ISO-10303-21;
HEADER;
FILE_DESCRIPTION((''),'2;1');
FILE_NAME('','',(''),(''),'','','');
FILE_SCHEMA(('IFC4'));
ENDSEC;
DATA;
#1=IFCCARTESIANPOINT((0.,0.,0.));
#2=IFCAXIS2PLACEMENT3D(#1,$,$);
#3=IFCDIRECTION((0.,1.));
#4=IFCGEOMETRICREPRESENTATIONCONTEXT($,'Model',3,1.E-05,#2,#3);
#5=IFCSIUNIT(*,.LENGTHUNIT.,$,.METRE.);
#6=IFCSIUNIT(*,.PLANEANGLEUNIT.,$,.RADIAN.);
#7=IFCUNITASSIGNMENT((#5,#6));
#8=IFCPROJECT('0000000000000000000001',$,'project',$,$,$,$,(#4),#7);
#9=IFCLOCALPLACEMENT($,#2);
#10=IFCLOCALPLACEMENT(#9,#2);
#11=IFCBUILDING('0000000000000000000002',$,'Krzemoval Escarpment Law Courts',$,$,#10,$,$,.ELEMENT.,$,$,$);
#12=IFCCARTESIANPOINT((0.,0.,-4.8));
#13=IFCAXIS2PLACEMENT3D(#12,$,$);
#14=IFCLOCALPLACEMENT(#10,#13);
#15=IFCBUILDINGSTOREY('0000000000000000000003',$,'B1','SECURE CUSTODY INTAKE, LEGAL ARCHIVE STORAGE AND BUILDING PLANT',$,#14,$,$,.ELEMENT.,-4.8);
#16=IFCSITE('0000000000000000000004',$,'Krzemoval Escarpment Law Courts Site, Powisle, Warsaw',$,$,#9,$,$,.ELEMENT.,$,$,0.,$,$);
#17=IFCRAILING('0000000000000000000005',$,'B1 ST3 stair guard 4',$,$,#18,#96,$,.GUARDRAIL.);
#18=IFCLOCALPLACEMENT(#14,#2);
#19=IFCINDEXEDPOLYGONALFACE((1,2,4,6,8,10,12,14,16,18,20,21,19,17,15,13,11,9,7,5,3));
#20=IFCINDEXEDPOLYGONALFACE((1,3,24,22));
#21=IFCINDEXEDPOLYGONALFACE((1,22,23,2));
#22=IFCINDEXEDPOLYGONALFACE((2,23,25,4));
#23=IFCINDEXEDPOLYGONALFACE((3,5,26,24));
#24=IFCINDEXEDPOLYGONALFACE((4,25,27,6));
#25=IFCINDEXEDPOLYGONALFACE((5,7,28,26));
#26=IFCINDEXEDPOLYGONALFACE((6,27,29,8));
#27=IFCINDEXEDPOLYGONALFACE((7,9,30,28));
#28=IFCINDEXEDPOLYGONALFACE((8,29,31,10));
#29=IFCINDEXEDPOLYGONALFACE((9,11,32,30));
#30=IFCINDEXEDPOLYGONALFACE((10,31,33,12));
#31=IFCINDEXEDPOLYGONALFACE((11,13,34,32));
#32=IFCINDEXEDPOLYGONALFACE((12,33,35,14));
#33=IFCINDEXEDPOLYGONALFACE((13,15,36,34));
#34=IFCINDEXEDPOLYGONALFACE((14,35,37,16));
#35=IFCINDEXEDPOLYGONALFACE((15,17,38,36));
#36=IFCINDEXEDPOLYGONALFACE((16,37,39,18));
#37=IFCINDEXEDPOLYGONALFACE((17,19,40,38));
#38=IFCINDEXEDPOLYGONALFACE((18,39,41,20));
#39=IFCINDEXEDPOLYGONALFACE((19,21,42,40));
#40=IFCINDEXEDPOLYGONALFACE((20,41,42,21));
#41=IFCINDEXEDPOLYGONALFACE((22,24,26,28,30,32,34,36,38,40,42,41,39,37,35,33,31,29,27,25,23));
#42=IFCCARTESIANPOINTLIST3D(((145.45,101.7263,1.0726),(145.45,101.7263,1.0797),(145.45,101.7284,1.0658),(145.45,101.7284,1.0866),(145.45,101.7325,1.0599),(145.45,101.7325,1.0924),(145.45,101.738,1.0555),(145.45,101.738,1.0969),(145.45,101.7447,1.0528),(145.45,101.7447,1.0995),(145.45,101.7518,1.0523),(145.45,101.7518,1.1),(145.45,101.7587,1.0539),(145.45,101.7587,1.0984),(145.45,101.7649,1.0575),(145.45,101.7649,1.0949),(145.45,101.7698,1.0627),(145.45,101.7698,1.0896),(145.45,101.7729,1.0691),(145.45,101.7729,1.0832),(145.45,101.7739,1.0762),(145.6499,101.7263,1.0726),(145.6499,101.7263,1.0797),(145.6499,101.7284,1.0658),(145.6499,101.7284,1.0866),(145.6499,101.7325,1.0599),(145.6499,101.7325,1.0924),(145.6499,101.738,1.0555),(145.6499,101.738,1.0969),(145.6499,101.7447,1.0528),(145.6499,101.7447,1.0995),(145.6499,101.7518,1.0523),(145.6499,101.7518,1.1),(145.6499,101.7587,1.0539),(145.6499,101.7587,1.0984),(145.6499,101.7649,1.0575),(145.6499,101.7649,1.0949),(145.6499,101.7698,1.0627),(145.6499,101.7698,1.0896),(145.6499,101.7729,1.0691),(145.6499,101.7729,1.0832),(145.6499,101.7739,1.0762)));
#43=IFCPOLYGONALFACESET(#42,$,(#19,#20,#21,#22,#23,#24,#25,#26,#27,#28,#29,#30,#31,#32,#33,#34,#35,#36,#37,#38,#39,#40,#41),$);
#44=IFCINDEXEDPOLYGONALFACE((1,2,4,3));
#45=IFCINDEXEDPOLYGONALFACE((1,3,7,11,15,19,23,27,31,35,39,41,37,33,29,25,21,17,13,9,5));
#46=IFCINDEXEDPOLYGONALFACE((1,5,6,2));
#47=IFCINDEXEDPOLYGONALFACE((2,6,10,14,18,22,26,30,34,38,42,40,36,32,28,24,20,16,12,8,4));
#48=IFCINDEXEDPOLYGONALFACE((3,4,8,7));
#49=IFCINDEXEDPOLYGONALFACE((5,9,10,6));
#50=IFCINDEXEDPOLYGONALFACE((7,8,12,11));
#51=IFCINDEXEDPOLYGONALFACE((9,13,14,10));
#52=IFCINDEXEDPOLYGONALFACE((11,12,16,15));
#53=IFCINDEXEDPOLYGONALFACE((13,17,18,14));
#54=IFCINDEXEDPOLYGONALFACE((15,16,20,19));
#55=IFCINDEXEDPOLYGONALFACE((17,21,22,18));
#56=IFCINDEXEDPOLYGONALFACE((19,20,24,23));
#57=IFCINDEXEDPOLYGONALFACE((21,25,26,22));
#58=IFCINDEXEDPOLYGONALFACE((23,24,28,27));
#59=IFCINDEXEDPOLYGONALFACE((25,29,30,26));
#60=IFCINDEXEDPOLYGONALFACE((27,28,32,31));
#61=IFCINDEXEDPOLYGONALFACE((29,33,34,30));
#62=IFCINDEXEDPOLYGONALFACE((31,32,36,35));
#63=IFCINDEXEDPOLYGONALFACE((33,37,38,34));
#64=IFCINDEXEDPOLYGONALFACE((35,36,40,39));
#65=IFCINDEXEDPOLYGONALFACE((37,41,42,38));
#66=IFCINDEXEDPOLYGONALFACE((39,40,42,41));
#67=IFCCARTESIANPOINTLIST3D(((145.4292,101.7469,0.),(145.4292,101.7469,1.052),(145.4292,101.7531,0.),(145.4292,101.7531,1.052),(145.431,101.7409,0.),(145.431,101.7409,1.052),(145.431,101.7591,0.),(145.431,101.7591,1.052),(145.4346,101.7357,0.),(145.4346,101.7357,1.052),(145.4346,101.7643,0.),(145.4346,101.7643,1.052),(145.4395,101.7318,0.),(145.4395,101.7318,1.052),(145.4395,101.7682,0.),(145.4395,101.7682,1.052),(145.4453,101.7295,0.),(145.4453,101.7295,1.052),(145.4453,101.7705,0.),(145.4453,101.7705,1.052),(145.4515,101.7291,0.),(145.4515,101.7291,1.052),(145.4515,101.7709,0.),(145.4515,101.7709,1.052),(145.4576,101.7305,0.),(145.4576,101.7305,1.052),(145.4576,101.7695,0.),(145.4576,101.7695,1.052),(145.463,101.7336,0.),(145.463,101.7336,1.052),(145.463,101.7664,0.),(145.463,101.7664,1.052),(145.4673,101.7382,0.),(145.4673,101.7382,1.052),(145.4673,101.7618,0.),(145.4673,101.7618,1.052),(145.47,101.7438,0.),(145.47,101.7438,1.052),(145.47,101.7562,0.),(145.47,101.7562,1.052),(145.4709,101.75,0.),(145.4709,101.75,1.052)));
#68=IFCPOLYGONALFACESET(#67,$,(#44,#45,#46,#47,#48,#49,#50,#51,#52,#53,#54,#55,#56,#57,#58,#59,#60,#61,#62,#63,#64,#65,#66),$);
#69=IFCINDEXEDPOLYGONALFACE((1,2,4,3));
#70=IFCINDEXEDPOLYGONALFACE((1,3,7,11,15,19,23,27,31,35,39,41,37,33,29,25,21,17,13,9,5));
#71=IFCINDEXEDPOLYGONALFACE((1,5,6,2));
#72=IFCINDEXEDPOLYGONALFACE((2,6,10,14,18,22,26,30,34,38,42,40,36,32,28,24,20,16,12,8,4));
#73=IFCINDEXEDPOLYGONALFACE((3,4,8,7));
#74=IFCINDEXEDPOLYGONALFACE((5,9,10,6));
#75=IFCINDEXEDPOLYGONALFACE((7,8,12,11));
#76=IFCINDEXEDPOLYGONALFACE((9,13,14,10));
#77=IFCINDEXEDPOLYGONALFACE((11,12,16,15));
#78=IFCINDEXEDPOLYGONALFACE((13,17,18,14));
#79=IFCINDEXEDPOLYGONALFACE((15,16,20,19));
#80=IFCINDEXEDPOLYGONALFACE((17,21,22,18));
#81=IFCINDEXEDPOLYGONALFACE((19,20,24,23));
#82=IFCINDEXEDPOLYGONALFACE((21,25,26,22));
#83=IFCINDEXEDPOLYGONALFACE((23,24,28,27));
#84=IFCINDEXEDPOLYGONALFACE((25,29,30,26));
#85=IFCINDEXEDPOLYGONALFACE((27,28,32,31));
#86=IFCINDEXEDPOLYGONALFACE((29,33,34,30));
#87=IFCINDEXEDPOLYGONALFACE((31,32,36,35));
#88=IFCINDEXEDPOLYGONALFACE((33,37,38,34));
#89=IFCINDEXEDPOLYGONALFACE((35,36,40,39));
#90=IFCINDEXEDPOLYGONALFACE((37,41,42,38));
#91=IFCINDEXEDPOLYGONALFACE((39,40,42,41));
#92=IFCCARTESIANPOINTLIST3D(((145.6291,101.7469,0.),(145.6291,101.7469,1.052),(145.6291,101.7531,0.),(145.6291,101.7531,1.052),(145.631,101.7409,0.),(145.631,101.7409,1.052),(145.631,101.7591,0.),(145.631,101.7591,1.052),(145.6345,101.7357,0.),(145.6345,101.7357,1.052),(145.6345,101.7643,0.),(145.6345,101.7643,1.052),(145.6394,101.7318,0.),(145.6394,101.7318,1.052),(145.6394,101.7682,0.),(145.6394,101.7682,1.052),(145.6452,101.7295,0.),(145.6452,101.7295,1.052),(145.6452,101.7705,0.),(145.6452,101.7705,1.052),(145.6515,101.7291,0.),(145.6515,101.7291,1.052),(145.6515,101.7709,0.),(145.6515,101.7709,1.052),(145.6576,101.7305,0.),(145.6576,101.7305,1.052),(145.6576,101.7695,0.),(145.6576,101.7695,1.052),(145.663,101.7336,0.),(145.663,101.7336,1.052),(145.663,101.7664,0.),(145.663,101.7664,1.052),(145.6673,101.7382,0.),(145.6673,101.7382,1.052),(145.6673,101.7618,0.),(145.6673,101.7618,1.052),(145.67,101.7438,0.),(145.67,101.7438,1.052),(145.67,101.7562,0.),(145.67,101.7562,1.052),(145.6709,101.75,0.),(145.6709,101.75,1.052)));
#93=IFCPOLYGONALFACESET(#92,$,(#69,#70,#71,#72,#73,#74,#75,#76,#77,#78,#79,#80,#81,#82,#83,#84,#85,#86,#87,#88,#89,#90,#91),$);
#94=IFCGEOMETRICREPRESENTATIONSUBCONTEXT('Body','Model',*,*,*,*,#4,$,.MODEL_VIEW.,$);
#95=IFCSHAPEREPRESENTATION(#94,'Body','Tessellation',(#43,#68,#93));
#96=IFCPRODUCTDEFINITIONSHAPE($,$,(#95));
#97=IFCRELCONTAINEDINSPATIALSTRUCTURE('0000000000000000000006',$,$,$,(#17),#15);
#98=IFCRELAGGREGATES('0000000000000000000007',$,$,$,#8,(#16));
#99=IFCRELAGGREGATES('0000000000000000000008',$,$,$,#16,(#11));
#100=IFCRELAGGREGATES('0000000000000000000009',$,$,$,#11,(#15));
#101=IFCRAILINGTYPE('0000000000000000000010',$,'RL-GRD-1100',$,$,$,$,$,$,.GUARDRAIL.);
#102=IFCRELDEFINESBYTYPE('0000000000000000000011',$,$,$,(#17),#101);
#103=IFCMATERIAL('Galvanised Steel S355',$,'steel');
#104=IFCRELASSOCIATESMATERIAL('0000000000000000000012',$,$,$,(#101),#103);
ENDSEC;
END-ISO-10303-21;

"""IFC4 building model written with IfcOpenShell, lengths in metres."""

from ifc_helpers import new_model, si_unit, direction, frame, origin, origin_2d, place, context, subcontext, project, spatial, circle, extrude, material, type_object, element, save


model = new_model("IFC4")

# Units and contexts
model_context = context("Model", 3, precision=1e-05, world=origin(), true_north=direction((0.0, 1.0)))
body_context = subcontext(model_context, "Body", "Model", "MODEL_VIEW")
ifc_project = project(units=[si_unit("LENGTHUNIT", "METRE"), si_unit("PLANEANGLEUNIT", "RADIAN")], contexts=[model_context])

# Site, building, storey
site_placement = place(None, origin())
site = spatial("IfcSite", under=ifc_project, at=site_placement, Name="Krzemoval Escarpment Law Courts Site, Powisle, Warsaw", CompositionType="ELEMENT", RefElevation=0.0)
building_placement = place(site_placement, origin())
building = spatial("IfcBuilding", under=site, at=building_placement, Name="Krzemoval Escarpment Law Courts", CompositionType="ELEMENT")
storey_placement = place(building_placement, frame((0.0, 0.0, -4.8)))
storey = spatial("IfcBuildingStorey", under=building, at=storey_placement, Name="B1", Description="SECURE CUSTODY INTAKE, LEGAL ARCHIVE STORAGE AND BUILDING PLANT", CompositionType="ELEMENT", Elevation=-4.8)

# Railing
ifc_material_1 = material(Name="Galvanised Steel S355", Category="steel")
railing_type_1 = type_object("IfcRailingType", Name="RL-GRD-1100", PredefinedType="GUARDRAIL", material=ifc_material_1)
railing_1_placement = place(storey_placement, frame((145.45, 101.75, 0.0)))
element("IfcRailing", 1, at=railing_1_placement, inside=storey, type_object=railing_type_1, Name="B1 ST3 stair guard 4", PredefinedType="GUARDRAIL", context=body_context, shape_type="SweptSolid", body=[
    extrude(circle(Radius=0.0239, at=origin_2d()), frame((0.0, 0.0, 1.0762), z_axis=(1.0, 0.0, 0.0), x_axis=(0.0, 1.0, 0.0)), (0.0, 0.0, 1.0), 0.2),
    extrude(circle(Radius=0.021, at=origin_2d()), origin(), (0.0, 0.0, 1.0), 1.052),
    extrude(circle(Radius=0.021, at=origin_2d()), frame((0.2, 0.0, 0.0)), (0.0, 0.0, 1.0), 1.052),
])

save(model, "model.ifc")
